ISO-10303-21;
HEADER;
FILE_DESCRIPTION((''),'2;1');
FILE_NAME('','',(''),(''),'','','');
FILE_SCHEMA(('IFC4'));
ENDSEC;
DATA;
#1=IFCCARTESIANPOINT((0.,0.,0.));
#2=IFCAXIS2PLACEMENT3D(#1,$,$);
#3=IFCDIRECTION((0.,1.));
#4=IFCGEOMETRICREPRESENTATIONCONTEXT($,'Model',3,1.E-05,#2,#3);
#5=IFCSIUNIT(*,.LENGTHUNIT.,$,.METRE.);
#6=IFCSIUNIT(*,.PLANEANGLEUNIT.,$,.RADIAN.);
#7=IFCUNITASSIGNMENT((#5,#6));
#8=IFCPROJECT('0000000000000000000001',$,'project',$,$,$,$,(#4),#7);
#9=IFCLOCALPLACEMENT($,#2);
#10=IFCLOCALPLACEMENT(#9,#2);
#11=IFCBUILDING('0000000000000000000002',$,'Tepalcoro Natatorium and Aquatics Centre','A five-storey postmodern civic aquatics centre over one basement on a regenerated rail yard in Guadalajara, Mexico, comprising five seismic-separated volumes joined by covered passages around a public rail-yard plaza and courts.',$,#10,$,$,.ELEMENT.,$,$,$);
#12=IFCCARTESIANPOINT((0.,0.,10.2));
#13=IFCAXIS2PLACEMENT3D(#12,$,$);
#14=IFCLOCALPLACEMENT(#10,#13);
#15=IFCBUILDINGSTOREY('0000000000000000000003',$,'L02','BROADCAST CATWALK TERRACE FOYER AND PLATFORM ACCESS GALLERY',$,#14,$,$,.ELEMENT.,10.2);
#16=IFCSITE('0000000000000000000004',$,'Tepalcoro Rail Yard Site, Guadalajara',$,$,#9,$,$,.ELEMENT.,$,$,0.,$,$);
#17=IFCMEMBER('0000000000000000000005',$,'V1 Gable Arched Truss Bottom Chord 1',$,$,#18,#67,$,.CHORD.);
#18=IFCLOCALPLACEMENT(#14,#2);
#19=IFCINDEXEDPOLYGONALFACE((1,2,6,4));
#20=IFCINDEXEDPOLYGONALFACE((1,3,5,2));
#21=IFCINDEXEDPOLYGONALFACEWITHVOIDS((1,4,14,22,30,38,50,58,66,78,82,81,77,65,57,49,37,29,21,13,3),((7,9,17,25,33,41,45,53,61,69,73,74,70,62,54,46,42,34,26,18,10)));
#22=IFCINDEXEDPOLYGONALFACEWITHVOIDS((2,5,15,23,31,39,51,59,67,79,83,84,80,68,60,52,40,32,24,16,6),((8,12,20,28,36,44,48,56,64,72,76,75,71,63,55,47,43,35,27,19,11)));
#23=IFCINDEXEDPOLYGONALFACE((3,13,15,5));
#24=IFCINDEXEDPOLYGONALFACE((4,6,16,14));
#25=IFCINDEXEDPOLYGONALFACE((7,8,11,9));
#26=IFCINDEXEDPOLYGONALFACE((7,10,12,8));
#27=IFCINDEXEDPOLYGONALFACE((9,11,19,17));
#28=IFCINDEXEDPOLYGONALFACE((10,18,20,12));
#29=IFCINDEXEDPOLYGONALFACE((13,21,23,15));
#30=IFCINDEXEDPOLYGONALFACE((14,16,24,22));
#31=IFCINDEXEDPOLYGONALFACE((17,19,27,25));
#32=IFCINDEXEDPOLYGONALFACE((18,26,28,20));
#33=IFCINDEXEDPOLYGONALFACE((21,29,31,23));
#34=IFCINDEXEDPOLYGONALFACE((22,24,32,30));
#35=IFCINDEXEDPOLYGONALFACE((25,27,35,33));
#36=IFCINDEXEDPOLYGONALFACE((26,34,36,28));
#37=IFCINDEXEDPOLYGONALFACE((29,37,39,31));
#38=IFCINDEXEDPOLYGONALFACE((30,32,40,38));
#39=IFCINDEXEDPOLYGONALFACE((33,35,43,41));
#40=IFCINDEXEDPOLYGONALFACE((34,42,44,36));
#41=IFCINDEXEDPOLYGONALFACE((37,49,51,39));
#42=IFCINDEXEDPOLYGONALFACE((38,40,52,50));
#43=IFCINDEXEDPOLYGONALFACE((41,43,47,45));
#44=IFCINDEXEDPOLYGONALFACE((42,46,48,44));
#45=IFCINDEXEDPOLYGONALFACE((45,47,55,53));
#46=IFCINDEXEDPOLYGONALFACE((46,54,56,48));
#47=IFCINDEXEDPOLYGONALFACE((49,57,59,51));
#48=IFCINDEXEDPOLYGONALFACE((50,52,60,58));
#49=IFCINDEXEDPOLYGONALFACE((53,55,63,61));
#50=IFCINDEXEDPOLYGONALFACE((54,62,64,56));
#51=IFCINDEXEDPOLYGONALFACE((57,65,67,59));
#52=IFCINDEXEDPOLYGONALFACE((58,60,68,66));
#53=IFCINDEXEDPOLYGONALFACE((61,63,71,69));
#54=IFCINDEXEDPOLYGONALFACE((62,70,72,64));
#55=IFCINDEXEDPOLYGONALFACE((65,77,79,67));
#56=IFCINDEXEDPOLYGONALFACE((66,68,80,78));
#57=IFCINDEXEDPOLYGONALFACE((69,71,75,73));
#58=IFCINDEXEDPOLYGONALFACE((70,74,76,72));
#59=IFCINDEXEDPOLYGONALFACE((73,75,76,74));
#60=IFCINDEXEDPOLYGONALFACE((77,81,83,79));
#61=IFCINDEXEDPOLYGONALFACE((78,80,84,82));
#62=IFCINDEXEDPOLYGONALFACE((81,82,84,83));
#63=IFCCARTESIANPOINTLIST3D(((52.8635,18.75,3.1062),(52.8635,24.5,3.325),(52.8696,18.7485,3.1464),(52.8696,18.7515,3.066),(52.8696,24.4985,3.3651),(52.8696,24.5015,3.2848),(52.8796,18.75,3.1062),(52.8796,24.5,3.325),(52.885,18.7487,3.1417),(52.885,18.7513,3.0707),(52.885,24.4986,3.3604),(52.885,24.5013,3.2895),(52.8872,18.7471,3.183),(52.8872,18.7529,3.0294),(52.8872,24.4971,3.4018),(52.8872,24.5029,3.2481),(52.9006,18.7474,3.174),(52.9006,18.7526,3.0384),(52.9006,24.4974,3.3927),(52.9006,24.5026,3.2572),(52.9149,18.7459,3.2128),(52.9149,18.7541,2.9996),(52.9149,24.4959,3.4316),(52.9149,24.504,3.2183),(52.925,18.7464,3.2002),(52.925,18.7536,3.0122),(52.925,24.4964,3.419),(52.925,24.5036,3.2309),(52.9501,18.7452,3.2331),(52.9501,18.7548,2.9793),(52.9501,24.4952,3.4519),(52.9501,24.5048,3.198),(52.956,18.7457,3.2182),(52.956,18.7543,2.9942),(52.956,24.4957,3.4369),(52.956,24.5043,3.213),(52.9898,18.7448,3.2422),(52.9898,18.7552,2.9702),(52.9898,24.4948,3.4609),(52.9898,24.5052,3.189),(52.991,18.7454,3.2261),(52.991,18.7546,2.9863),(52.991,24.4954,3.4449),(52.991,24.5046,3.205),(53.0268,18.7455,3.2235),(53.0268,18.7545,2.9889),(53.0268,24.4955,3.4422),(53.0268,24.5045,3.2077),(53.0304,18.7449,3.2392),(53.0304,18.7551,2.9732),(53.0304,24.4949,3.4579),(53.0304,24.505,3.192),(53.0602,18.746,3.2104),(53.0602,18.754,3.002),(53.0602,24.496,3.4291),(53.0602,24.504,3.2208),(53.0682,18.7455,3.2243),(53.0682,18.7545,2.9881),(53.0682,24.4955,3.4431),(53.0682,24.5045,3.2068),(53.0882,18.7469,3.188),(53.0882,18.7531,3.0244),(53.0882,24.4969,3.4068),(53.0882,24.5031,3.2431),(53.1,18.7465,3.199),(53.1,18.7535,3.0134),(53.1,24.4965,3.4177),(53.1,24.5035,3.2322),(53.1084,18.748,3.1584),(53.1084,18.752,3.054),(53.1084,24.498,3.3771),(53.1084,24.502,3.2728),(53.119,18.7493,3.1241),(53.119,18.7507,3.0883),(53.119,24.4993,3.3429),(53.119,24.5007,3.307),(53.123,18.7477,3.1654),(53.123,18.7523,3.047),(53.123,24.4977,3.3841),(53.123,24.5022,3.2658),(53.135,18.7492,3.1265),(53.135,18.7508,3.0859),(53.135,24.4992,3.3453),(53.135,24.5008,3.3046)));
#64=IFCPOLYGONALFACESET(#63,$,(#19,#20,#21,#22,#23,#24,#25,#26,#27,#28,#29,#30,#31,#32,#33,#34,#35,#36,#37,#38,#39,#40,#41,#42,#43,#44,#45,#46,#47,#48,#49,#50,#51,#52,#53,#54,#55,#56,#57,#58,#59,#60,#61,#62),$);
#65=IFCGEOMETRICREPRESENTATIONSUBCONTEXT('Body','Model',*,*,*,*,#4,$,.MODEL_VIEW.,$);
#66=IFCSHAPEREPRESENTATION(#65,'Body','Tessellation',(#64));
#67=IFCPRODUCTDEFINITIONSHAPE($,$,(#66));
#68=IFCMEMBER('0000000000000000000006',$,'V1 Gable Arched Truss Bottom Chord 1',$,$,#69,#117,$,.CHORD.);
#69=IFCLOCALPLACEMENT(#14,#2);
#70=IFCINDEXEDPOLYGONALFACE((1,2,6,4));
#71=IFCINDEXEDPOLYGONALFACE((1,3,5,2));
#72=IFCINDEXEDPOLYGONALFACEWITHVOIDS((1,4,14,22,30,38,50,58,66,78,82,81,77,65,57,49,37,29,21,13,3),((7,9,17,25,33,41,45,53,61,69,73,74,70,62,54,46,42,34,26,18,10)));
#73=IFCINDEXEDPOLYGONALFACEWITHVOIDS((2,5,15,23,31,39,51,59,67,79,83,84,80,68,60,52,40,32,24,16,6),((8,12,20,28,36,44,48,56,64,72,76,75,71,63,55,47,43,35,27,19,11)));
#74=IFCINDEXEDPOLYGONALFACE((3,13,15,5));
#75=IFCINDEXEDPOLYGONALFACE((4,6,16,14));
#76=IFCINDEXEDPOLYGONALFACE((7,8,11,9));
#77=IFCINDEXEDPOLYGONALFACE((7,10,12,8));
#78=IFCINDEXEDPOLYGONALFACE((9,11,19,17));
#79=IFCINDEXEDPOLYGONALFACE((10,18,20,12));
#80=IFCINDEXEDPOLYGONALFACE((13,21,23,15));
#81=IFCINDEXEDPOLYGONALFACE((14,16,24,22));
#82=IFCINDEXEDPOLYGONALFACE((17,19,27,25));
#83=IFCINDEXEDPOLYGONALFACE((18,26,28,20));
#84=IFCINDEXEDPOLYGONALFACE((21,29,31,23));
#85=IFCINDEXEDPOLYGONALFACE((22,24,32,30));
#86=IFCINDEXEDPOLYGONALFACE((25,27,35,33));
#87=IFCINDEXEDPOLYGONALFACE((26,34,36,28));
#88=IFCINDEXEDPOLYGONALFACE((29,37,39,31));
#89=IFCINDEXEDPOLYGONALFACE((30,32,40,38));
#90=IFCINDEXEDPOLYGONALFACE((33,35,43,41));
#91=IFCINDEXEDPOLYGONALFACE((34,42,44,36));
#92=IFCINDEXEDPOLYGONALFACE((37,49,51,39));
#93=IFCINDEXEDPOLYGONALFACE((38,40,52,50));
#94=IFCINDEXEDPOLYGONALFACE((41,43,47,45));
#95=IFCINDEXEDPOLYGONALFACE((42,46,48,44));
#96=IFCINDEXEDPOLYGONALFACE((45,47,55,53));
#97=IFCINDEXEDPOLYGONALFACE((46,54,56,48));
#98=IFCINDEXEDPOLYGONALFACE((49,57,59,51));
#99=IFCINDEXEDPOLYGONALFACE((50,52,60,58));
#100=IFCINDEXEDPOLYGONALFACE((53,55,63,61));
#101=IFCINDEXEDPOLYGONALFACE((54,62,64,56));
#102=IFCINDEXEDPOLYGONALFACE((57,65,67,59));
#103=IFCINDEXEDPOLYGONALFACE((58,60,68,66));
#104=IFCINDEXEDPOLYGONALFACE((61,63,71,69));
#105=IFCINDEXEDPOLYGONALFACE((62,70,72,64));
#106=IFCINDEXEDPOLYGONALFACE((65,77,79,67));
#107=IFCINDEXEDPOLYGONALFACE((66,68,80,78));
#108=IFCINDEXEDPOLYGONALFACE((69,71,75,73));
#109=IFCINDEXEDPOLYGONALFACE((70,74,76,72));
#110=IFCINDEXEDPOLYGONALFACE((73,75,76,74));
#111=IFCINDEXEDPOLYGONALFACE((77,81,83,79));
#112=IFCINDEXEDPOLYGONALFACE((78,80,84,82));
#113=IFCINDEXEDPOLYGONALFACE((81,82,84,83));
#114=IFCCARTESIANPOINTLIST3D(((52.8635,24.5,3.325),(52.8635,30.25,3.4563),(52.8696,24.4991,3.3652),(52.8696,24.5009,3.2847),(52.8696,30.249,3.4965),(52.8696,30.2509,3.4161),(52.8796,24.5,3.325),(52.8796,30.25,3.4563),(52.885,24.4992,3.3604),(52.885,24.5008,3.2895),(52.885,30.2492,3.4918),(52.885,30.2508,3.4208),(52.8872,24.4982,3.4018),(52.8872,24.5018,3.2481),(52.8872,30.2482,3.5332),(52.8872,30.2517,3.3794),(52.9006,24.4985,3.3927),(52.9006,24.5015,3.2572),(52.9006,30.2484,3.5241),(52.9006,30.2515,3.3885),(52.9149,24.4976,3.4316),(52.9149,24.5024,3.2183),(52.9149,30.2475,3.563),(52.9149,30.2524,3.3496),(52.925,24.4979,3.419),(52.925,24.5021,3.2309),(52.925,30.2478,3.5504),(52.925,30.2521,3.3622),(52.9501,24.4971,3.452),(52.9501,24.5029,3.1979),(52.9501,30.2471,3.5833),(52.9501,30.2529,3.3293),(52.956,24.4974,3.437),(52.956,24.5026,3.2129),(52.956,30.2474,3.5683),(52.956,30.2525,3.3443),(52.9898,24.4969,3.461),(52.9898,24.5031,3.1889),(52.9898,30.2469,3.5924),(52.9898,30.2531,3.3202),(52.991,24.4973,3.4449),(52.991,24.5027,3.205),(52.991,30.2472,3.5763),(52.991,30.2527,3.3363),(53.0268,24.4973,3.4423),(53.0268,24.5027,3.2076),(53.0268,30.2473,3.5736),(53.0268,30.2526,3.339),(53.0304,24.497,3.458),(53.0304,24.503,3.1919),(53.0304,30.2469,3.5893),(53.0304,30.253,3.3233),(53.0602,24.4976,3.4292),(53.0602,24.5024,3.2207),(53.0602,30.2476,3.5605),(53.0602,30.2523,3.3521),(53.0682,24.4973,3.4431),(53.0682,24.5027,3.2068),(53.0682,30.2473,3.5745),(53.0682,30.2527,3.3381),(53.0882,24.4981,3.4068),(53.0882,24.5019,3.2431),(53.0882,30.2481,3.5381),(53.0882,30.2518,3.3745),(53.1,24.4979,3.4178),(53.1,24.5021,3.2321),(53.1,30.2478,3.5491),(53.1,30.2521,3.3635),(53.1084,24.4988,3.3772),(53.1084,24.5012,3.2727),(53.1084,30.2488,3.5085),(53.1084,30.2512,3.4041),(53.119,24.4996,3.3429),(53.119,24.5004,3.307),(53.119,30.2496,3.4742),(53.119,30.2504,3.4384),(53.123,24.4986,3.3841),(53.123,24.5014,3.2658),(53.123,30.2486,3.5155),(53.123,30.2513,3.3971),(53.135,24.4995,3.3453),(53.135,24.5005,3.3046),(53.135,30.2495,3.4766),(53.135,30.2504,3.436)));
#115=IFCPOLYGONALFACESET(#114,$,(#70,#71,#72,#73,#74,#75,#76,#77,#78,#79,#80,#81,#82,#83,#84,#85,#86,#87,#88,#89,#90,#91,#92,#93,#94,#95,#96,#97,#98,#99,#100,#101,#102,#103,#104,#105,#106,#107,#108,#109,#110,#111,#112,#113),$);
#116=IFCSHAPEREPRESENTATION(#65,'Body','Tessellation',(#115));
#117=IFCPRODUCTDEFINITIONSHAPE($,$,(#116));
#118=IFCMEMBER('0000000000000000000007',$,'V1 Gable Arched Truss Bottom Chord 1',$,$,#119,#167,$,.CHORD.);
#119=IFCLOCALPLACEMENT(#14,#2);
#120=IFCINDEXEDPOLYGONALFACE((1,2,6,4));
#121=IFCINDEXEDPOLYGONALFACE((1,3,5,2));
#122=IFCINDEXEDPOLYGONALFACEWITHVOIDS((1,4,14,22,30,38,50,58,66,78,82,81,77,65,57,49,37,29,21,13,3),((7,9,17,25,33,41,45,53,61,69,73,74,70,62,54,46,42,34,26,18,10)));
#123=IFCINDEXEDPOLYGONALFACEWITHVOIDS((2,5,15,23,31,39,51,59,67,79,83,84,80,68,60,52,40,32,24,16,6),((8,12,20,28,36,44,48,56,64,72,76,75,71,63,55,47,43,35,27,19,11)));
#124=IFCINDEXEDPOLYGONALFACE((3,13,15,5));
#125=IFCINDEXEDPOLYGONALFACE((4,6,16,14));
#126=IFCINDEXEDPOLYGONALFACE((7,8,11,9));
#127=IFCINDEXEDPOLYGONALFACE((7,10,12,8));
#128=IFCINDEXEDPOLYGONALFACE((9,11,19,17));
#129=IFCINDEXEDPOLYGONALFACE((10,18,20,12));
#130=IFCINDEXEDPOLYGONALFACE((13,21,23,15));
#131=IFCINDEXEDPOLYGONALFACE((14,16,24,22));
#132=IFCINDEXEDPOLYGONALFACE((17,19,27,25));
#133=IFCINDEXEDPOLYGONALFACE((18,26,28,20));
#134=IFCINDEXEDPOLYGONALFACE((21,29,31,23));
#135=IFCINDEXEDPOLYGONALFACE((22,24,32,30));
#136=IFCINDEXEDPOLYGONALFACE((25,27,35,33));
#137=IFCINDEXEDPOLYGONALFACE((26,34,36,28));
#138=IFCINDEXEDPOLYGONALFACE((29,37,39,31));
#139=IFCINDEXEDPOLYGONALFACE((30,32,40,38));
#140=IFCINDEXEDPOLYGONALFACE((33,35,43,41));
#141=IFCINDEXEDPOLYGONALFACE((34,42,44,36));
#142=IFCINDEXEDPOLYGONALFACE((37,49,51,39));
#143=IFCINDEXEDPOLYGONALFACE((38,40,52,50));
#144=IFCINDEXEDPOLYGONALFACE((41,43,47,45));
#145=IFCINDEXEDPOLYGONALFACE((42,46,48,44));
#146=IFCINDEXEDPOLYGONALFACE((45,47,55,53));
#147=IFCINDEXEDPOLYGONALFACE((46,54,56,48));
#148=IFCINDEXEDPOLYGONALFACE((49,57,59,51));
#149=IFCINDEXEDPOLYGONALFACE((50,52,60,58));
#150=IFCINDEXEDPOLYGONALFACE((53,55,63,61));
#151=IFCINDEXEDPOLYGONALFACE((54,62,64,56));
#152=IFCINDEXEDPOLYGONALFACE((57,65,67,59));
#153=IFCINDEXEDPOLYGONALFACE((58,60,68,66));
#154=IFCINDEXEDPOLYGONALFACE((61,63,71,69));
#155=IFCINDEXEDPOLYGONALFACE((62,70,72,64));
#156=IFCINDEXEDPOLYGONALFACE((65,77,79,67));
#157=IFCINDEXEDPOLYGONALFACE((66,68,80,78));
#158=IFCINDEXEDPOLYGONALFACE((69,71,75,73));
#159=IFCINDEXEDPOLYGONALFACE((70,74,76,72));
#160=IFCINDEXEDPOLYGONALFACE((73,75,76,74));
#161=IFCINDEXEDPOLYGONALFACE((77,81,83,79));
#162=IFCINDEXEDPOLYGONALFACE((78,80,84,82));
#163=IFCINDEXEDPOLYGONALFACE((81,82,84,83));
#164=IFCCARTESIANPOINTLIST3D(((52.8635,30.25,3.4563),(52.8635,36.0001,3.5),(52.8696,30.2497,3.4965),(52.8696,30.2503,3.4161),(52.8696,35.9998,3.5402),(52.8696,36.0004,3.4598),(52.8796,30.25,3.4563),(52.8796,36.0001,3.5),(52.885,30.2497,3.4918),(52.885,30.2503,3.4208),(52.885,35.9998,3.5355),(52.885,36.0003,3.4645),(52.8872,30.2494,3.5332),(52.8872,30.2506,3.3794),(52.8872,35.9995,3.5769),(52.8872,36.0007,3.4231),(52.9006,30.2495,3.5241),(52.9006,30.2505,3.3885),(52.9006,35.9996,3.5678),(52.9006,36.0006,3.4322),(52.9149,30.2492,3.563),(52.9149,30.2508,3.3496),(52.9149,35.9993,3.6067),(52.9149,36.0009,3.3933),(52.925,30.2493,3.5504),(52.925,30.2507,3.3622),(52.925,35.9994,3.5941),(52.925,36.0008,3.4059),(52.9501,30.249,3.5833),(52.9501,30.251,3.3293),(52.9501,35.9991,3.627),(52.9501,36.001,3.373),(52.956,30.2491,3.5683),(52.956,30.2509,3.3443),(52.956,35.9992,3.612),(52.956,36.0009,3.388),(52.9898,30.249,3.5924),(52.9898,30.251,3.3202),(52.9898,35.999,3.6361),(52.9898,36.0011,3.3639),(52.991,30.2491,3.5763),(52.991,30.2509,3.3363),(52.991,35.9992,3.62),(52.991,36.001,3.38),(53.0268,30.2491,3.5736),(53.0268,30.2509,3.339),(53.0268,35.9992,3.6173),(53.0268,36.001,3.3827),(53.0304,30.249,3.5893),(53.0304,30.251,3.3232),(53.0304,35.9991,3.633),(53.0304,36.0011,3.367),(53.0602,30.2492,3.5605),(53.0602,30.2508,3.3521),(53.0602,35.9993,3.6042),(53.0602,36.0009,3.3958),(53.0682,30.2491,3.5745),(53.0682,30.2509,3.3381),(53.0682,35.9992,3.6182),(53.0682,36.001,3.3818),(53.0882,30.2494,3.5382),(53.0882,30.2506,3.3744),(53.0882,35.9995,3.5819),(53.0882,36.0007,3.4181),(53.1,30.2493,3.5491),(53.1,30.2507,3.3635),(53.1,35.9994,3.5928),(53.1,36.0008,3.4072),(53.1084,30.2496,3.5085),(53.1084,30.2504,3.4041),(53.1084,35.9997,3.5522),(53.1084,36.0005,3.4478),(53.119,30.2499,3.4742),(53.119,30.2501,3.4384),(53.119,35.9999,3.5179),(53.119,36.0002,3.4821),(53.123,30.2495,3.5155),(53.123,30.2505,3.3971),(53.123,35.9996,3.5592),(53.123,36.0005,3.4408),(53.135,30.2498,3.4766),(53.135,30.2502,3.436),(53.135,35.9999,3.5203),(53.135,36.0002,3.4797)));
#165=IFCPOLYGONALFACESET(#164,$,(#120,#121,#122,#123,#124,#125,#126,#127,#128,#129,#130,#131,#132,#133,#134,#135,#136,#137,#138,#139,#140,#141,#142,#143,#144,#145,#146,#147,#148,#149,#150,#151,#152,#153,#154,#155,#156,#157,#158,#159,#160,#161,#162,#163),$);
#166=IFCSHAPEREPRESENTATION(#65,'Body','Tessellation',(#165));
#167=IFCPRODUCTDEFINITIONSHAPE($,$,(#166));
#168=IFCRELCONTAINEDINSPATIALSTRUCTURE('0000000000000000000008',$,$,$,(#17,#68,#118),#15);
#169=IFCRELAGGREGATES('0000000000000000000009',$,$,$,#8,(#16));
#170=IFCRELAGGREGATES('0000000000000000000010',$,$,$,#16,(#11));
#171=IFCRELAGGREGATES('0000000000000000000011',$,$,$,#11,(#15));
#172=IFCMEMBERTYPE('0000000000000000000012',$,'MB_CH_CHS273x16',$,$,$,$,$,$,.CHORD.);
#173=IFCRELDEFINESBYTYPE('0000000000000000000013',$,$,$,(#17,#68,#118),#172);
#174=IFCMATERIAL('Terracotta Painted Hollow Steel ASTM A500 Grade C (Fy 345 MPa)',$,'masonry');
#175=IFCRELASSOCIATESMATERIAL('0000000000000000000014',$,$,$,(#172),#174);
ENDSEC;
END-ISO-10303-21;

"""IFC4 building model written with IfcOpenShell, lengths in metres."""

from ifc_helpers import new_model, si_unit, direction, frame, origin, origin_2d, place, context, subcontext, project, spatial, hollow_circle, extrude, material, material_profile, profile_set, type_object, element, save


model = new_model("IFC4")

# Units and contexts
model_context = context("Model", 3, precision=1e-05, world=origin(), true_north=direction((0.0, 1.0)))
body_context = subcontext(model_context, "Body", "Model", "MODEL_VIEW")
ifc_project = project(units=[si_unit("LENGTHUNIT", "METRE"), si_unit("PLANEANGLEUNIT", "RADIAN")], contexts=[model_context])

# Site, building, storey
site_placement = place(None, origin())
site = spatial("IfcSite", under=ifc_project, at=site_placement, Name="Tepalcoro Rail Yard Site, Guadalajara", CompositionType="ELEMENT", RefElevation=0.0)
building_placement = place(site_placement, origin())
building = spatial("IfcBuilding", under=site, at=building_placement, Name="Tepalcoro Natatorium and Aquatics Centre", Description="A five-storey postmodern civic aquatics centre over one basement on a regenerated rail yard in Guadalajara, Mexico, comprising five seismic-separated volumes joined by covered passages around a public rail-yard plaza and courts.", CompositionType="ELEMENT")
storey_placement = place(building_placement, frame((0.0, 0.0, 10.2)))
storey = spatial("IfcBuildingStorey", under=building, at=storey_placement, Name="L02", Description="BROADCAST CATWALK TERRACE FOYER AND PLATFORM ACCESS GALLERY", CompositionType="ELEMENT", Elevation=10.2)

# Shared definitions
ifc_material_1 = material(Name="Terracotta Painted Hollow Steel ASTM A500 Grade C (Fy 345 MPa)", Category="masonry")

# Members
ifc_material_profile_1 = material_profile(ifc_material_1, hollow_circle(Radius=0.1365, WallThickness=0.0161, at=origin_2d()), Name="CHS273X16")
ifc_profile_set_1 = profile_set([ifc_material_profile_1], Name="Terracotta Painted Hollow Steel ASTM A500 Grade C (Fy 345 MPa)")
member_type_1 = type_object("IfcMemberType", Name="MB_CH_CHS273x16", PredefinedType="CHORD", material=ifc_profile_set_1)
member_1_placement = place(storey_placement, frame((53.0, 18.75, 3.1062), z_axis=(0.0, 0.999277, 0.038016), x_axis=(-1.0, 0.0, 0.0)))
element("IfcMember", 1, at=member_1_placement, inside=storey, type_object=member_type_1, Name="V1 Gable Arched Truss Bottom Chord 1", PredefinedType="CHORD", context=body_context, shape_type="SweptSolid", body=[
    extrude(hollow_circle(Radius=0.1365, WallThickness=0.0161, at=origin_2d()), origin(), (0.0, 0.0, 1.0), 5.7542),
])
member_2_placement = place(storey_placement, frame((53.0, 24.5, 3.325), z_axis=(0.0, 0.999739, 0.022837), x_axis=(-1.0, 0.0, 0.0)))
element("IfcMember", 2, at=member_2_placement, inside=storey, type_object=member_type_1, Name="V1 Gable Arched Truss Bottom Chord 1", PredefinedType="CHORD", context=body_context, shape_type="SweptSolid", body=[
    extrude(hollow_circle(Radius=0.1365, WallThickness=0.0161, at=origin_2d()), origin(), (0.0, 0.0, 1.0), 5.7515),
])
member_3_placement = place(storey_placement, frame((53.0, 30.25, 3.4563), z_axis=(0.0, 0.999971, 0.0076), x_axis=(-1.0, 0.0, 0.0)))
element("IfcMember", 3, at=member_3_placement, inside=storey, type_object=member_type_1, Name="V1 Gable Arched Truss Bottom Chord 1", PredefinedType="CHORD", context=body_context, shape_type="SweptSolid", body=[
    extrude(hollow_circle(Radius=0.1365, WallThickness=0.0161, at=origin_2d()), origin(), (0.0, 0.0, 1.0), 5.7502),
])

save(model, "model.ifc")
